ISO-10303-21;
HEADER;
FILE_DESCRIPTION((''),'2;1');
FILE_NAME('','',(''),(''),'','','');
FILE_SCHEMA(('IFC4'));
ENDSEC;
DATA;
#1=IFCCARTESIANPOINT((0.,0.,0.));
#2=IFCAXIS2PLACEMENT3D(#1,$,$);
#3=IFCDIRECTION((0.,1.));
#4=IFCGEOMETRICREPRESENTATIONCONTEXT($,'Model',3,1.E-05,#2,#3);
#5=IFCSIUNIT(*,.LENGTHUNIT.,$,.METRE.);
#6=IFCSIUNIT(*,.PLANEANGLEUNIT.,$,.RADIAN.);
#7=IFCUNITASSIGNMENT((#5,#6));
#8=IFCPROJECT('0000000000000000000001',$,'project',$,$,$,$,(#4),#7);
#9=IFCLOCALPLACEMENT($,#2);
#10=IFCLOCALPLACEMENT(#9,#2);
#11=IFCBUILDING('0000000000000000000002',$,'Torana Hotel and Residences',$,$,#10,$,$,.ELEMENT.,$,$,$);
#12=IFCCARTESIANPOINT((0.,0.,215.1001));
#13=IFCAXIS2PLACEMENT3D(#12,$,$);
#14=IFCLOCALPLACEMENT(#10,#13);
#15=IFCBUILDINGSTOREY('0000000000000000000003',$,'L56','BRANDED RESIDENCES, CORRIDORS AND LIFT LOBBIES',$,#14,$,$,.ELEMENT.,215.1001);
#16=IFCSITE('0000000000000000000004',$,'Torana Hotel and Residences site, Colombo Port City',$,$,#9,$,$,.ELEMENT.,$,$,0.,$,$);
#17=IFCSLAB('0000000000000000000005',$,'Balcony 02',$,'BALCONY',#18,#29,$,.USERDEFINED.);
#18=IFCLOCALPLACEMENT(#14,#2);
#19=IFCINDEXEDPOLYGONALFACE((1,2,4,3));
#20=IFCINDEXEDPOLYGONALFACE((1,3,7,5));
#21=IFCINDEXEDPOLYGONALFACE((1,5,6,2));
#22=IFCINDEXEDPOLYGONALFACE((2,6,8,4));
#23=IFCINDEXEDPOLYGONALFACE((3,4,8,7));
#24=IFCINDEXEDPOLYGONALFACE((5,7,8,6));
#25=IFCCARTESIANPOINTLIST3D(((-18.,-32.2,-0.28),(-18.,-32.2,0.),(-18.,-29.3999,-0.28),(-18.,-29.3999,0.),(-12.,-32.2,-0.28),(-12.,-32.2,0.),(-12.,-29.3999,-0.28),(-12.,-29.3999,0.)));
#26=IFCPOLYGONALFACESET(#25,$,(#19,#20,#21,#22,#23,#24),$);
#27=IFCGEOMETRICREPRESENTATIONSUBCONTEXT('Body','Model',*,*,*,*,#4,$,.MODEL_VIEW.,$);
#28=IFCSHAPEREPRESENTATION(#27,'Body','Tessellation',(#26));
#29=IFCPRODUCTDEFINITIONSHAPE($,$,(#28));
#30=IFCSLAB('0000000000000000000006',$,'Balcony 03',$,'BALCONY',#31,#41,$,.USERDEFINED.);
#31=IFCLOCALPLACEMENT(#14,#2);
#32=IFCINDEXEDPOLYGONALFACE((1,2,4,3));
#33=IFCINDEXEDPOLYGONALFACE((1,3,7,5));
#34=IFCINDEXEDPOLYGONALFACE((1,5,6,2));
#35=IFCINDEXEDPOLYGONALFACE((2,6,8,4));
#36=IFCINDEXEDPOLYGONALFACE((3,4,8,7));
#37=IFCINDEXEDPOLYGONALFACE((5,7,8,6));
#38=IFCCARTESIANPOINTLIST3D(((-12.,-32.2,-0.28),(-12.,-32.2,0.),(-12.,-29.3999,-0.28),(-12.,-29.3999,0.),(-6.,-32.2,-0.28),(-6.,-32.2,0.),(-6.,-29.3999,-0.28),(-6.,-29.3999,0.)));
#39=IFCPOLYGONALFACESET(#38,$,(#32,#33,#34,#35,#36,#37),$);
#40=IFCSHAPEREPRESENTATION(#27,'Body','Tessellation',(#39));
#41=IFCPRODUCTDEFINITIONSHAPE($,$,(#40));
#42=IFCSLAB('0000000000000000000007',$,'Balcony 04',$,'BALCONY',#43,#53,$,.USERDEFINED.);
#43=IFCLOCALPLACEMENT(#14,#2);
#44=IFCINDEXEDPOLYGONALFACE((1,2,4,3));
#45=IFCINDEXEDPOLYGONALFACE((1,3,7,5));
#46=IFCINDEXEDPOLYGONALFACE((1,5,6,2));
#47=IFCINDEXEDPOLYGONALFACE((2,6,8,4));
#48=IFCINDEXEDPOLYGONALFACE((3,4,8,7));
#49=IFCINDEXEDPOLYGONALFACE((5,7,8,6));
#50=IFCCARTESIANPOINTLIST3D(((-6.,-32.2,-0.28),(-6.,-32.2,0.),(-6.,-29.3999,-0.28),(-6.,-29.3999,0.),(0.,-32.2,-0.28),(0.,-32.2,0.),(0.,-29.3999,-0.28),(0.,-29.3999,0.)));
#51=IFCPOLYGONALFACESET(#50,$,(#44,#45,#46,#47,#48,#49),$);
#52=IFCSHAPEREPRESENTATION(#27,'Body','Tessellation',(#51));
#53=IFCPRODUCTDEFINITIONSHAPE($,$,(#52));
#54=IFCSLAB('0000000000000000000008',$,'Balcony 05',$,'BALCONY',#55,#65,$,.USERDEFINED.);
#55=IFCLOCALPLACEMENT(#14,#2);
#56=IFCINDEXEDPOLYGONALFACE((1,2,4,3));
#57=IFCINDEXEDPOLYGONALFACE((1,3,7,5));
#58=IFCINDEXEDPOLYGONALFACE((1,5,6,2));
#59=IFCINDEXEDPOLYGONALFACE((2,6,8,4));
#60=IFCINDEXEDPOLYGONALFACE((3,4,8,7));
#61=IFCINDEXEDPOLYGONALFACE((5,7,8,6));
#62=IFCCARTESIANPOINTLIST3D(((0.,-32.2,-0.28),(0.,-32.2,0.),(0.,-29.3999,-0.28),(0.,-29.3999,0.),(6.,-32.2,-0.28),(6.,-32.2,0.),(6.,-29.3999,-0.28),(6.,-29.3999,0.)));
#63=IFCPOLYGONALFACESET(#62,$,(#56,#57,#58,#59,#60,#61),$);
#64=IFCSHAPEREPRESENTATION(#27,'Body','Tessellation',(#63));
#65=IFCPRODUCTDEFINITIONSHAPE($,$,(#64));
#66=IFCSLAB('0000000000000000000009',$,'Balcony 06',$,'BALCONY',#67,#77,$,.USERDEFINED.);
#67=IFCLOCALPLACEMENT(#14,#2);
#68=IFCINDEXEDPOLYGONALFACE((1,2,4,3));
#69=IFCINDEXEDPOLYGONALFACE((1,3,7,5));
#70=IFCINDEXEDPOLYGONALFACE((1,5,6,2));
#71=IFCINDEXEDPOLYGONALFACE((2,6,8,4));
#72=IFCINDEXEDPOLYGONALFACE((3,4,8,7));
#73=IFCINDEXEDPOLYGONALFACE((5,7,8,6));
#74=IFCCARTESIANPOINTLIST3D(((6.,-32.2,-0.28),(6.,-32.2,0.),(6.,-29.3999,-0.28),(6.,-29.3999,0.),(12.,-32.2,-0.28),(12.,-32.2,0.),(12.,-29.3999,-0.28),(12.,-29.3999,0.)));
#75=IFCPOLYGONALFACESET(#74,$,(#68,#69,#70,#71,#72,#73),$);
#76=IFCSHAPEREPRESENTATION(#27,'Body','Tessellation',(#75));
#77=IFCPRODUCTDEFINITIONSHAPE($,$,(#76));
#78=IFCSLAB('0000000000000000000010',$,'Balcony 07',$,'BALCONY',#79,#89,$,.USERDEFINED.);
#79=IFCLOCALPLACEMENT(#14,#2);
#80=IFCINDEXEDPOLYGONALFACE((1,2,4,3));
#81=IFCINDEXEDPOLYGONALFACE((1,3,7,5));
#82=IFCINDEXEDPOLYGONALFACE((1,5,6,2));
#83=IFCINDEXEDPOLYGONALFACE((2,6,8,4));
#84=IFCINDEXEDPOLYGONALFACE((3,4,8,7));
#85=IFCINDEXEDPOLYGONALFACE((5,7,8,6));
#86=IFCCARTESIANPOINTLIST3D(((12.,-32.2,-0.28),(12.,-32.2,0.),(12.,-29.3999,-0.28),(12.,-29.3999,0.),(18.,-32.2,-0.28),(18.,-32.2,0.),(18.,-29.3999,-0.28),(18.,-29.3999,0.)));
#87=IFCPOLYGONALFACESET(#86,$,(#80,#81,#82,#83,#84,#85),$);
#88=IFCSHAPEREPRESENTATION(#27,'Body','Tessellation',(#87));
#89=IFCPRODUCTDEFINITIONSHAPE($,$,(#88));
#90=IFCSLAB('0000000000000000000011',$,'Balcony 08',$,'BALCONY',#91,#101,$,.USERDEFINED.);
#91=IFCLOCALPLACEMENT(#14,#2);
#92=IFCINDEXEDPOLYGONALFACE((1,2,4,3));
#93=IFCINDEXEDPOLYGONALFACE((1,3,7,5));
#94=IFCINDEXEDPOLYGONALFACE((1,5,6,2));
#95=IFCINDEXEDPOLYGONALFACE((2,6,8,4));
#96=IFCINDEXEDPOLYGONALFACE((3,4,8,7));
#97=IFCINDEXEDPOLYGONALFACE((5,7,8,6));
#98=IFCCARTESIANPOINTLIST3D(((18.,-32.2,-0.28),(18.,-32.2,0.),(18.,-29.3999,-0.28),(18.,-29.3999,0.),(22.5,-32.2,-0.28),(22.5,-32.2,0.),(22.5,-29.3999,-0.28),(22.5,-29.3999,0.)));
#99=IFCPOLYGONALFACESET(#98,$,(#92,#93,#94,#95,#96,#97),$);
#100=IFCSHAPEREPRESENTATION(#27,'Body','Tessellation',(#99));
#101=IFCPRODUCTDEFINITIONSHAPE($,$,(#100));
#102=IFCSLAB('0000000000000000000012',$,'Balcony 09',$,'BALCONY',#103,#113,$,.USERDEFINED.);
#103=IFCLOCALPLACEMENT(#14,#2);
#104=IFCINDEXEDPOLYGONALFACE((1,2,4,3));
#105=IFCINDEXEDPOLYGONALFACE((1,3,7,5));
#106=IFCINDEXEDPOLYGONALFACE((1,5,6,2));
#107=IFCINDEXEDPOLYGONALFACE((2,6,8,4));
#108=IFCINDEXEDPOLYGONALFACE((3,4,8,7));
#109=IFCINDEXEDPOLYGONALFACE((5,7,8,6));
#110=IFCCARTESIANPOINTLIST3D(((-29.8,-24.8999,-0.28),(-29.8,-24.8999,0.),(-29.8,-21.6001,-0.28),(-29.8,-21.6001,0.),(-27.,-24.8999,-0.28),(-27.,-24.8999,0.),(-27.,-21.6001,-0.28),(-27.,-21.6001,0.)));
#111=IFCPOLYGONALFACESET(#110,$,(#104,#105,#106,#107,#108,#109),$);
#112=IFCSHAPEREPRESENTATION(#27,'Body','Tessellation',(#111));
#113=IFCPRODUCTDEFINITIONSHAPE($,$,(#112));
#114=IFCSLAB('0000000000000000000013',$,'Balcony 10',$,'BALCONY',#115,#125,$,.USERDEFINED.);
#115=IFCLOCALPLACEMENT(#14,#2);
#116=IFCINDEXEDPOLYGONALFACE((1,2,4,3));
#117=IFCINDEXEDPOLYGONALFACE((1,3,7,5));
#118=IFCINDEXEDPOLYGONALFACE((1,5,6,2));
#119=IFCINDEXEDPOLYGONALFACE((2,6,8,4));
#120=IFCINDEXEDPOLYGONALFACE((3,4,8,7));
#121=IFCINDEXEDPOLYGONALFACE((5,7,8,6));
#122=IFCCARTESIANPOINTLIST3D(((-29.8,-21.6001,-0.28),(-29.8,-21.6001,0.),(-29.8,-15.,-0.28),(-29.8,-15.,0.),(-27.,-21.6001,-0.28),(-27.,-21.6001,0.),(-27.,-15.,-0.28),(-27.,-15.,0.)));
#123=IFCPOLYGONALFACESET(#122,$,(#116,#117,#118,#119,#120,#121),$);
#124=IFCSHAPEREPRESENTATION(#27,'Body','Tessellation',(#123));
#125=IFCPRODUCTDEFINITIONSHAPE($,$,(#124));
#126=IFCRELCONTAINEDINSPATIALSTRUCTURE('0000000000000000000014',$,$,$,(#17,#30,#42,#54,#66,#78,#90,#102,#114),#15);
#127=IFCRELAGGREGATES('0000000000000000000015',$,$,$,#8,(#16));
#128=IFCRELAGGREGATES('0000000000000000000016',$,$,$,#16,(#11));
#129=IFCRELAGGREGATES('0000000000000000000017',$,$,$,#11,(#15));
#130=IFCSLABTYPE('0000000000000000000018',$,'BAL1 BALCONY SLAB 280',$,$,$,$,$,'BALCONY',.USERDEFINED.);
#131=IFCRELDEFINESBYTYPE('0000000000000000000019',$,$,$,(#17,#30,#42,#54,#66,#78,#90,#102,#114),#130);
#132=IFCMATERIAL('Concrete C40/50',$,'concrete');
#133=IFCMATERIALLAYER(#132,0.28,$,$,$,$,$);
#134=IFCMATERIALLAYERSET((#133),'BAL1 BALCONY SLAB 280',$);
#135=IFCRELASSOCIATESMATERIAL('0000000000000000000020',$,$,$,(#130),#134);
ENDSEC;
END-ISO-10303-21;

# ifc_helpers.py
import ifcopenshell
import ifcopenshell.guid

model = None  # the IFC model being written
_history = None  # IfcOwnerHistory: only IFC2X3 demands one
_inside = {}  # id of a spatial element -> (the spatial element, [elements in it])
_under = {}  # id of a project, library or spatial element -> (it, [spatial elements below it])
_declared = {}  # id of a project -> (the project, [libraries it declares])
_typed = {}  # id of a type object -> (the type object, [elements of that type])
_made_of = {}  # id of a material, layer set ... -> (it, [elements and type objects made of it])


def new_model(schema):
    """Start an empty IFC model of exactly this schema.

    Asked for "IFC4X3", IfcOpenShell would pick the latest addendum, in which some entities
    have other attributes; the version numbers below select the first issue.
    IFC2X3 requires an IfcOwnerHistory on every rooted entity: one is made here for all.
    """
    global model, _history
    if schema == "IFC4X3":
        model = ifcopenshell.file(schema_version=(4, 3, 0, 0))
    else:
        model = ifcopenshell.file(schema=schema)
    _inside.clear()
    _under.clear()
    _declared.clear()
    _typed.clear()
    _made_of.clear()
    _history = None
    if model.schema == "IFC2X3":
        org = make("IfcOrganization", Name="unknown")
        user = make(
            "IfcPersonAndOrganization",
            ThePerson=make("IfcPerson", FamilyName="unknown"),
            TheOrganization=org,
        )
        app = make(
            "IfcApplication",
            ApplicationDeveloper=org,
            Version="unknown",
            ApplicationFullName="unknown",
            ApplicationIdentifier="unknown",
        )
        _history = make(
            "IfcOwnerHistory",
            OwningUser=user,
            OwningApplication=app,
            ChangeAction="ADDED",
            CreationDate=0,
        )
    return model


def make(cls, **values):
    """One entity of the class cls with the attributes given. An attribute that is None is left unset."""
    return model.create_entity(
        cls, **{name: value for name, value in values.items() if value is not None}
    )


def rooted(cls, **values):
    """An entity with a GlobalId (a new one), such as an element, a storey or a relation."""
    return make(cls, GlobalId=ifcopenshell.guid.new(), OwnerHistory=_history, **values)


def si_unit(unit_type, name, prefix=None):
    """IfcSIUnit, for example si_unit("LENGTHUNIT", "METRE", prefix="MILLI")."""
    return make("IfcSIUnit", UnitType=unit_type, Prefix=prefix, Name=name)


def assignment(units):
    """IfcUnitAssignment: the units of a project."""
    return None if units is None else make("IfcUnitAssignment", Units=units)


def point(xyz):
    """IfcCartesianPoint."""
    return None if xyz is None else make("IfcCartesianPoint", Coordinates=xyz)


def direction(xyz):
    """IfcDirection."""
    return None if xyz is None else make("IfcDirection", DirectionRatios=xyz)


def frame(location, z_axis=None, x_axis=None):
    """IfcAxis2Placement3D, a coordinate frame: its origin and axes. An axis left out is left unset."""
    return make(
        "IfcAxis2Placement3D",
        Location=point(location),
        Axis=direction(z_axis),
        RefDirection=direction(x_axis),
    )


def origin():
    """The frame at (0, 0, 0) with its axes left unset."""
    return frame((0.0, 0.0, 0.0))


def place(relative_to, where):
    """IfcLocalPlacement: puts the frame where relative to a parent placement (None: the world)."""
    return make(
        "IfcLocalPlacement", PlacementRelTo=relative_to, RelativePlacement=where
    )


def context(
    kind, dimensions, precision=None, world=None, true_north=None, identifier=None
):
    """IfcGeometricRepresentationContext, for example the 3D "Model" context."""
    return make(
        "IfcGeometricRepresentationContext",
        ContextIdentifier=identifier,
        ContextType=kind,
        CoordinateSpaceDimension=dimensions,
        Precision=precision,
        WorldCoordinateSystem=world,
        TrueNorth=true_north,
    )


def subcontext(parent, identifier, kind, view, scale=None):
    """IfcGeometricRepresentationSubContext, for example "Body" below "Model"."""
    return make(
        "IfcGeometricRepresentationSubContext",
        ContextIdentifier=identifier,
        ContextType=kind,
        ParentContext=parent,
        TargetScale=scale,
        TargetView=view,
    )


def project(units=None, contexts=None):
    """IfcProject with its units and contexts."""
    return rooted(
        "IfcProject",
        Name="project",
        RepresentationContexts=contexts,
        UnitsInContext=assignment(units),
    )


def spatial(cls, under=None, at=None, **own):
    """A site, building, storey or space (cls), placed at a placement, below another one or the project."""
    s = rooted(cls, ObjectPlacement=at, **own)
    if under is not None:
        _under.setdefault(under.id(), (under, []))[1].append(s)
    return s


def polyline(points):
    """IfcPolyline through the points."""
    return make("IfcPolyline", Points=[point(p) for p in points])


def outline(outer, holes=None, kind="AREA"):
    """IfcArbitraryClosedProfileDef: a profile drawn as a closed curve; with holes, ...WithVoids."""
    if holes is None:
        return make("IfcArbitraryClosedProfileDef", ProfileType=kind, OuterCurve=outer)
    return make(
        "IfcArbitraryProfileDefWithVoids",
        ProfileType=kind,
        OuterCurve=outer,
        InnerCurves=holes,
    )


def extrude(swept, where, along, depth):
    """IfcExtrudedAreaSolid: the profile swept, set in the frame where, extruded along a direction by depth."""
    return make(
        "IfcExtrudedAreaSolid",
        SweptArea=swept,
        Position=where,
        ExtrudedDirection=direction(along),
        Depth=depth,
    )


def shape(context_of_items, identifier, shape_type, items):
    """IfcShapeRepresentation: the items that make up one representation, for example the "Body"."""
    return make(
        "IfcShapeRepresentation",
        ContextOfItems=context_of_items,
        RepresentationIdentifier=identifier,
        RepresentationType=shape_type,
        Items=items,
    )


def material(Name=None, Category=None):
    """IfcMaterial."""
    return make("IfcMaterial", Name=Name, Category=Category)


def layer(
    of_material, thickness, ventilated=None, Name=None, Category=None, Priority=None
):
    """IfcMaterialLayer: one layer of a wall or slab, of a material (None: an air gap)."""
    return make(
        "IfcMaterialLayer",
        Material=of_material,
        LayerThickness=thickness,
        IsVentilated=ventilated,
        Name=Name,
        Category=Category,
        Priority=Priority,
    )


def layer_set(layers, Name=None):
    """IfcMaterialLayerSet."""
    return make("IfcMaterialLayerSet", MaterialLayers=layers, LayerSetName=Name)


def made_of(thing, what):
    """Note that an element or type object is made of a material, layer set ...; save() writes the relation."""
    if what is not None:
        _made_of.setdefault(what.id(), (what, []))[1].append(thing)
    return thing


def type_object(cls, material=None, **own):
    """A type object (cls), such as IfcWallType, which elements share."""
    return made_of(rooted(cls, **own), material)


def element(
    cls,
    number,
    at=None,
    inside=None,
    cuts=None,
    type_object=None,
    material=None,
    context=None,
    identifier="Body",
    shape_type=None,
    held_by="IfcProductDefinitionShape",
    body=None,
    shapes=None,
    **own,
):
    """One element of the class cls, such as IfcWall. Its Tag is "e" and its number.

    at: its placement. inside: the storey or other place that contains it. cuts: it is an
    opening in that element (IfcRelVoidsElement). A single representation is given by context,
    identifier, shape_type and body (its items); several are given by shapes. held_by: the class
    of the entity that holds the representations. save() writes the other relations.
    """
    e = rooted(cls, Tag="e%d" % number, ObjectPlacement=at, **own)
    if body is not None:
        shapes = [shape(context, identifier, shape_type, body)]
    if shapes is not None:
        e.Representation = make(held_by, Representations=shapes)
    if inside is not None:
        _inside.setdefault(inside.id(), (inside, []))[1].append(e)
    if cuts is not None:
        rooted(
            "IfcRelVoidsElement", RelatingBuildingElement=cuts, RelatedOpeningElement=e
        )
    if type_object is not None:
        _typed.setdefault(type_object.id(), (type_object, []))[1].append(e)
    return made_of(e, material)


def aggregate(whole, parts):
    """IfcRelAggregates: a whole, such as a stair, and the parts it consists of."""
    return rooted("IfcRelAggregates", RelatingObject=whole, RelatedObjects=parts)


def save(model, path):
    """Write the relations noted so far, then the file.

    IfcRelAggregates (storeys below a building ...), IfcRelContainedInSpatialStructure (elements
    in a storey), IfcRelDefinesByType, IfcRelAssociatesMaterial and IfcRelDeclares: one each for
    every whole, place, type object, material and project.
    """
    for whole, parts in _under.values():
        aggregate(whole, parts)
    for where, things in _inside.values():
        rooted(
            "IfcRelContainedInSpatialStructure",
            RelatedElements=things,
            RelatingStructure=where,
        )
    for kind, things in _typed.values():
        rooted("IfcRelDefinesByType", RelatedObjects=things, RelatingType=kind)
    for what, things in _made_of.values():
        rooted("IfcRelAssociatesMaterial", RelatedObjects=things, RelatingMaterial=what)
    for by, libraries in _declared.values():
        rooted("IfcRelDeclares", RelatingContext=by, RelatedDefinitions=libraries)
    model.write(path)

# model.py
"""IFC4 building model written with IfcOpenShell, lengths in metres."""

from ifc_helpers import new_model, si_unit, direction, frame, origin, place, context, subcontext, project, spatial, polyline, outline, extrude, material, layer, layer_set, type_object, element, save


model = new_model("IFC4")

# Units and contexts
model_context = context("Model", 3, precision=1e-05, world=origin(), true_north=direction((0.0, 1.0)))
body_context = subcontext(model_context, "Body", "Model", "MODEL_VIEW")
ifc_project = project(units=[si_unit("LENGTHUNIT", "METRE"), si_unit("PLANEANGLEUNIT", "RADIAN")], contexts=[model_context])

# Site, building, storey
site_placement = place(None, origin())
site = spatial("IfcSite", under=ifc_project, at=site_placement, Name="Torana Hotel and Residences site, Colombo Port City", CompositionType="ELEMENT", RefElevation=0.0)
building_placement = place(site_placement, origin())
building = spatial("IfcBuilding", under=site, at=building_placement, Name="Torana Hotel and Residences", CompositionType="ELEMENT")
storey_placement = place(building_placement, frame((0.0, 0.0, 215.1001)))
storey = spatial("IfcBuildingStorey", under=building, at=storey_placement, Name="L56", Description="BRANDED RESIDENCES, CORRIDORS AND LIFT LOBBIES", CompositionType="ELEMENT", Elevation=215.1001)

# Slabs
ifc_material_1 = material(Name="Concrete C40/50", Category="concrete")
ifc_layer_1 = layer(ifc_material_1, 0.28)
ifc_layer_set_1 = layer_set([ifc_layer_1], Name="BAL1 BALCONY SLAB 280")
slab_type = type_object("IfcSlabType", Name="BAL1 BALCONY SLAB 280", ElementType="BALCONY", PredefinedType="USERDEFINED", material=ifc_layer_set_1)
slab_1_placement = place(storey_placement, frame((0.0, 0.0, -0.28)))
element("IfcSlab", 1, at=slab_1_placement, inside=storey, type_object=slab_type, Name="Balcony 02", ObjectType="BALCONY", PredefinedType="USERDEFINED", context=body_context, shape_type="SweptSolid", body=[
    extrude(outline(polyline([(-18.0, -32.2), (-12.0, -32.2), (-12.0, -29.3999), (-18.0, -29.3999), (-18.0, -32.2)])), origin(), (0.0, 0.0, 1.0), 0.28),
])
slab_2_placement = place(storey_placement, frame((0.0, 0.0, -0.28)))
element("IfcSlab", 2, at=slab_2_placement, inside=storey, type_object=slab_type, Name="Balcony 03", ObjectType="BALCONY", PredefinedType="USERDEFINED", context=body_context, shape_type="SweptSolid", body=[
    extrude(outline(polyline([(-12.0, -32.2), (-6.0, -32.2), (-6.0, -29.3999), (-12.0, -29.3999), (-12.0, -32.2)])), origin(), (0.0, 0.0, 1.0), 0.28),
])
slab_3_placement = place(storey_placement, frame((0.0, 0.0, -0.28)))
element("IfcSlab", 3, at=slab_3_placement, inside=storey, type_object=slab_type, Name="Balcony 04", ObjectType="BALCONY", PredefinedType="USERDEFINED", context=body_context, shape_type="SweptSolid", body=[
    extrude(outline(polyline([(-6.0, -32.2), (0.0, -32.2), (0.0, -29.3999), (-6.0, -29.3999), (-6.0, -32.2)])), origin(), (0.0, 0.0, 1.0), 0.28),
])
slab_4_placement = place(storey_placement, frame((0.0, 0.0, -0.28)))
element("IfcSlab", 4, at=slab_4_placement, inside=storey, type_object=slab_type, Name="Balcony 05", ObjectType="BALCONY", PredefinedType="USERDEFINED", context=body_context, shape_type="SweptSolid", body=[
    extrude(outline(polyline([(0.0, -32.2), (6.0, -32.2), (6.0, -29.3999), (0.0, -29.3999), (0.0, -32.2)])), origin(), (0.0, 0.0, 1.0), 0.28),
])
slab_5_placement = place(storey_placement, frame((0.0, 0.0, -0.28)))
element("IfcSlab", 5, at=slab_5_placement, inside=storey, type_object=slab_type, Name="Balcony 06", ObjectType="BALCONY", PredefinedType="USERDEFINED", context=body_context, shape_type="SweptSolid", body=[
    extrude(outline(polyline([(6.0, -32.2), (12.0, -32.2), (12.0, -29.3999), (6.0, -29.3999), (6.0, -32.2)])), origin(), (0.0, 0.0, 1.0), 0.28),
])
slab_6_placement = place(storey_placement, frame((0.0, 0.0, -0.28)))
element("IfcSlab", 6, at=slab_6_placement, inside=storey, type_object=slab_type, Name="Balcony 07", ObjectType="BALCONY", PredefinedType="USERDEFINED", context=body_context, shape_type="SweptSolid", body=[
    extrude(outline(polyline([(12.0, -32.2), (18.0, -32.2), (18.0, -29.3999), (12.0, -29.3999), (12.0, -32.2)])), origin(), (0.0, 0.0, 1.0), 0.28),
])
slab_7_placement = place(storey_placement, frame((0.0, 0.0, -0.28)))
element("IfcSlab", 7, at=slab_7_placement, inside=storey, type_object=slab_type, Name="Balcony 08", ObjectType="BALCONY", PredefinedType="USERDEFINED", context=body_context, shape_type="SweptSolid", body=[
    extrude(outline(polyline([(18.0, -32.2), (22.5, -32.2), (22.5, -29.3999), (18.0, -29.3999), (18.0, -32.2)])), origin(), (0.0, 0.0, 1.0), 0.28),
])
slab_8_placement = place(storey_placement, frame((0.0, 0.0, -0.28)))
element("IfcSlab", 8, at=slab_8_placement, inside=storey, type_object=slab_type, Name="Balcony 09", ObjectType="BALCONY", PredefinedType="USERDEFINED", context=body_context, shape_type="SweptSolid", body=[
    extrude(outline(polyline([(-29.8, -24.8999), (-27.0, -24.8999), (-27.0, -21.6001), (-29.8, -21.6001), (-29.8, -24.8999)])), origin(), (0.0, 0.0, 1.0), 0.28),
])
slab_9_placement = place(storey_placement, frame((0.0, 0.0, -0.28)))
element("IfcSlab", 9, at=slab_9_placement, inside=storey, type_object=slab_type, Name="Balcony 10", ObjectType="BALCONY", PredefinedType="USERDEFINED", context=body_context, shape_type="SweptSolid", body=[
    extrude(outline(polyline([(-29.8, -21.6001), (-27.0, -21.6001), (-27.0, -15.0), (-29.8, -15.0), (-29.8, -21.6001)])), origin(), (0.0, 0.0, 1.0), 0.28),
])

save(model, "model.ifc")
